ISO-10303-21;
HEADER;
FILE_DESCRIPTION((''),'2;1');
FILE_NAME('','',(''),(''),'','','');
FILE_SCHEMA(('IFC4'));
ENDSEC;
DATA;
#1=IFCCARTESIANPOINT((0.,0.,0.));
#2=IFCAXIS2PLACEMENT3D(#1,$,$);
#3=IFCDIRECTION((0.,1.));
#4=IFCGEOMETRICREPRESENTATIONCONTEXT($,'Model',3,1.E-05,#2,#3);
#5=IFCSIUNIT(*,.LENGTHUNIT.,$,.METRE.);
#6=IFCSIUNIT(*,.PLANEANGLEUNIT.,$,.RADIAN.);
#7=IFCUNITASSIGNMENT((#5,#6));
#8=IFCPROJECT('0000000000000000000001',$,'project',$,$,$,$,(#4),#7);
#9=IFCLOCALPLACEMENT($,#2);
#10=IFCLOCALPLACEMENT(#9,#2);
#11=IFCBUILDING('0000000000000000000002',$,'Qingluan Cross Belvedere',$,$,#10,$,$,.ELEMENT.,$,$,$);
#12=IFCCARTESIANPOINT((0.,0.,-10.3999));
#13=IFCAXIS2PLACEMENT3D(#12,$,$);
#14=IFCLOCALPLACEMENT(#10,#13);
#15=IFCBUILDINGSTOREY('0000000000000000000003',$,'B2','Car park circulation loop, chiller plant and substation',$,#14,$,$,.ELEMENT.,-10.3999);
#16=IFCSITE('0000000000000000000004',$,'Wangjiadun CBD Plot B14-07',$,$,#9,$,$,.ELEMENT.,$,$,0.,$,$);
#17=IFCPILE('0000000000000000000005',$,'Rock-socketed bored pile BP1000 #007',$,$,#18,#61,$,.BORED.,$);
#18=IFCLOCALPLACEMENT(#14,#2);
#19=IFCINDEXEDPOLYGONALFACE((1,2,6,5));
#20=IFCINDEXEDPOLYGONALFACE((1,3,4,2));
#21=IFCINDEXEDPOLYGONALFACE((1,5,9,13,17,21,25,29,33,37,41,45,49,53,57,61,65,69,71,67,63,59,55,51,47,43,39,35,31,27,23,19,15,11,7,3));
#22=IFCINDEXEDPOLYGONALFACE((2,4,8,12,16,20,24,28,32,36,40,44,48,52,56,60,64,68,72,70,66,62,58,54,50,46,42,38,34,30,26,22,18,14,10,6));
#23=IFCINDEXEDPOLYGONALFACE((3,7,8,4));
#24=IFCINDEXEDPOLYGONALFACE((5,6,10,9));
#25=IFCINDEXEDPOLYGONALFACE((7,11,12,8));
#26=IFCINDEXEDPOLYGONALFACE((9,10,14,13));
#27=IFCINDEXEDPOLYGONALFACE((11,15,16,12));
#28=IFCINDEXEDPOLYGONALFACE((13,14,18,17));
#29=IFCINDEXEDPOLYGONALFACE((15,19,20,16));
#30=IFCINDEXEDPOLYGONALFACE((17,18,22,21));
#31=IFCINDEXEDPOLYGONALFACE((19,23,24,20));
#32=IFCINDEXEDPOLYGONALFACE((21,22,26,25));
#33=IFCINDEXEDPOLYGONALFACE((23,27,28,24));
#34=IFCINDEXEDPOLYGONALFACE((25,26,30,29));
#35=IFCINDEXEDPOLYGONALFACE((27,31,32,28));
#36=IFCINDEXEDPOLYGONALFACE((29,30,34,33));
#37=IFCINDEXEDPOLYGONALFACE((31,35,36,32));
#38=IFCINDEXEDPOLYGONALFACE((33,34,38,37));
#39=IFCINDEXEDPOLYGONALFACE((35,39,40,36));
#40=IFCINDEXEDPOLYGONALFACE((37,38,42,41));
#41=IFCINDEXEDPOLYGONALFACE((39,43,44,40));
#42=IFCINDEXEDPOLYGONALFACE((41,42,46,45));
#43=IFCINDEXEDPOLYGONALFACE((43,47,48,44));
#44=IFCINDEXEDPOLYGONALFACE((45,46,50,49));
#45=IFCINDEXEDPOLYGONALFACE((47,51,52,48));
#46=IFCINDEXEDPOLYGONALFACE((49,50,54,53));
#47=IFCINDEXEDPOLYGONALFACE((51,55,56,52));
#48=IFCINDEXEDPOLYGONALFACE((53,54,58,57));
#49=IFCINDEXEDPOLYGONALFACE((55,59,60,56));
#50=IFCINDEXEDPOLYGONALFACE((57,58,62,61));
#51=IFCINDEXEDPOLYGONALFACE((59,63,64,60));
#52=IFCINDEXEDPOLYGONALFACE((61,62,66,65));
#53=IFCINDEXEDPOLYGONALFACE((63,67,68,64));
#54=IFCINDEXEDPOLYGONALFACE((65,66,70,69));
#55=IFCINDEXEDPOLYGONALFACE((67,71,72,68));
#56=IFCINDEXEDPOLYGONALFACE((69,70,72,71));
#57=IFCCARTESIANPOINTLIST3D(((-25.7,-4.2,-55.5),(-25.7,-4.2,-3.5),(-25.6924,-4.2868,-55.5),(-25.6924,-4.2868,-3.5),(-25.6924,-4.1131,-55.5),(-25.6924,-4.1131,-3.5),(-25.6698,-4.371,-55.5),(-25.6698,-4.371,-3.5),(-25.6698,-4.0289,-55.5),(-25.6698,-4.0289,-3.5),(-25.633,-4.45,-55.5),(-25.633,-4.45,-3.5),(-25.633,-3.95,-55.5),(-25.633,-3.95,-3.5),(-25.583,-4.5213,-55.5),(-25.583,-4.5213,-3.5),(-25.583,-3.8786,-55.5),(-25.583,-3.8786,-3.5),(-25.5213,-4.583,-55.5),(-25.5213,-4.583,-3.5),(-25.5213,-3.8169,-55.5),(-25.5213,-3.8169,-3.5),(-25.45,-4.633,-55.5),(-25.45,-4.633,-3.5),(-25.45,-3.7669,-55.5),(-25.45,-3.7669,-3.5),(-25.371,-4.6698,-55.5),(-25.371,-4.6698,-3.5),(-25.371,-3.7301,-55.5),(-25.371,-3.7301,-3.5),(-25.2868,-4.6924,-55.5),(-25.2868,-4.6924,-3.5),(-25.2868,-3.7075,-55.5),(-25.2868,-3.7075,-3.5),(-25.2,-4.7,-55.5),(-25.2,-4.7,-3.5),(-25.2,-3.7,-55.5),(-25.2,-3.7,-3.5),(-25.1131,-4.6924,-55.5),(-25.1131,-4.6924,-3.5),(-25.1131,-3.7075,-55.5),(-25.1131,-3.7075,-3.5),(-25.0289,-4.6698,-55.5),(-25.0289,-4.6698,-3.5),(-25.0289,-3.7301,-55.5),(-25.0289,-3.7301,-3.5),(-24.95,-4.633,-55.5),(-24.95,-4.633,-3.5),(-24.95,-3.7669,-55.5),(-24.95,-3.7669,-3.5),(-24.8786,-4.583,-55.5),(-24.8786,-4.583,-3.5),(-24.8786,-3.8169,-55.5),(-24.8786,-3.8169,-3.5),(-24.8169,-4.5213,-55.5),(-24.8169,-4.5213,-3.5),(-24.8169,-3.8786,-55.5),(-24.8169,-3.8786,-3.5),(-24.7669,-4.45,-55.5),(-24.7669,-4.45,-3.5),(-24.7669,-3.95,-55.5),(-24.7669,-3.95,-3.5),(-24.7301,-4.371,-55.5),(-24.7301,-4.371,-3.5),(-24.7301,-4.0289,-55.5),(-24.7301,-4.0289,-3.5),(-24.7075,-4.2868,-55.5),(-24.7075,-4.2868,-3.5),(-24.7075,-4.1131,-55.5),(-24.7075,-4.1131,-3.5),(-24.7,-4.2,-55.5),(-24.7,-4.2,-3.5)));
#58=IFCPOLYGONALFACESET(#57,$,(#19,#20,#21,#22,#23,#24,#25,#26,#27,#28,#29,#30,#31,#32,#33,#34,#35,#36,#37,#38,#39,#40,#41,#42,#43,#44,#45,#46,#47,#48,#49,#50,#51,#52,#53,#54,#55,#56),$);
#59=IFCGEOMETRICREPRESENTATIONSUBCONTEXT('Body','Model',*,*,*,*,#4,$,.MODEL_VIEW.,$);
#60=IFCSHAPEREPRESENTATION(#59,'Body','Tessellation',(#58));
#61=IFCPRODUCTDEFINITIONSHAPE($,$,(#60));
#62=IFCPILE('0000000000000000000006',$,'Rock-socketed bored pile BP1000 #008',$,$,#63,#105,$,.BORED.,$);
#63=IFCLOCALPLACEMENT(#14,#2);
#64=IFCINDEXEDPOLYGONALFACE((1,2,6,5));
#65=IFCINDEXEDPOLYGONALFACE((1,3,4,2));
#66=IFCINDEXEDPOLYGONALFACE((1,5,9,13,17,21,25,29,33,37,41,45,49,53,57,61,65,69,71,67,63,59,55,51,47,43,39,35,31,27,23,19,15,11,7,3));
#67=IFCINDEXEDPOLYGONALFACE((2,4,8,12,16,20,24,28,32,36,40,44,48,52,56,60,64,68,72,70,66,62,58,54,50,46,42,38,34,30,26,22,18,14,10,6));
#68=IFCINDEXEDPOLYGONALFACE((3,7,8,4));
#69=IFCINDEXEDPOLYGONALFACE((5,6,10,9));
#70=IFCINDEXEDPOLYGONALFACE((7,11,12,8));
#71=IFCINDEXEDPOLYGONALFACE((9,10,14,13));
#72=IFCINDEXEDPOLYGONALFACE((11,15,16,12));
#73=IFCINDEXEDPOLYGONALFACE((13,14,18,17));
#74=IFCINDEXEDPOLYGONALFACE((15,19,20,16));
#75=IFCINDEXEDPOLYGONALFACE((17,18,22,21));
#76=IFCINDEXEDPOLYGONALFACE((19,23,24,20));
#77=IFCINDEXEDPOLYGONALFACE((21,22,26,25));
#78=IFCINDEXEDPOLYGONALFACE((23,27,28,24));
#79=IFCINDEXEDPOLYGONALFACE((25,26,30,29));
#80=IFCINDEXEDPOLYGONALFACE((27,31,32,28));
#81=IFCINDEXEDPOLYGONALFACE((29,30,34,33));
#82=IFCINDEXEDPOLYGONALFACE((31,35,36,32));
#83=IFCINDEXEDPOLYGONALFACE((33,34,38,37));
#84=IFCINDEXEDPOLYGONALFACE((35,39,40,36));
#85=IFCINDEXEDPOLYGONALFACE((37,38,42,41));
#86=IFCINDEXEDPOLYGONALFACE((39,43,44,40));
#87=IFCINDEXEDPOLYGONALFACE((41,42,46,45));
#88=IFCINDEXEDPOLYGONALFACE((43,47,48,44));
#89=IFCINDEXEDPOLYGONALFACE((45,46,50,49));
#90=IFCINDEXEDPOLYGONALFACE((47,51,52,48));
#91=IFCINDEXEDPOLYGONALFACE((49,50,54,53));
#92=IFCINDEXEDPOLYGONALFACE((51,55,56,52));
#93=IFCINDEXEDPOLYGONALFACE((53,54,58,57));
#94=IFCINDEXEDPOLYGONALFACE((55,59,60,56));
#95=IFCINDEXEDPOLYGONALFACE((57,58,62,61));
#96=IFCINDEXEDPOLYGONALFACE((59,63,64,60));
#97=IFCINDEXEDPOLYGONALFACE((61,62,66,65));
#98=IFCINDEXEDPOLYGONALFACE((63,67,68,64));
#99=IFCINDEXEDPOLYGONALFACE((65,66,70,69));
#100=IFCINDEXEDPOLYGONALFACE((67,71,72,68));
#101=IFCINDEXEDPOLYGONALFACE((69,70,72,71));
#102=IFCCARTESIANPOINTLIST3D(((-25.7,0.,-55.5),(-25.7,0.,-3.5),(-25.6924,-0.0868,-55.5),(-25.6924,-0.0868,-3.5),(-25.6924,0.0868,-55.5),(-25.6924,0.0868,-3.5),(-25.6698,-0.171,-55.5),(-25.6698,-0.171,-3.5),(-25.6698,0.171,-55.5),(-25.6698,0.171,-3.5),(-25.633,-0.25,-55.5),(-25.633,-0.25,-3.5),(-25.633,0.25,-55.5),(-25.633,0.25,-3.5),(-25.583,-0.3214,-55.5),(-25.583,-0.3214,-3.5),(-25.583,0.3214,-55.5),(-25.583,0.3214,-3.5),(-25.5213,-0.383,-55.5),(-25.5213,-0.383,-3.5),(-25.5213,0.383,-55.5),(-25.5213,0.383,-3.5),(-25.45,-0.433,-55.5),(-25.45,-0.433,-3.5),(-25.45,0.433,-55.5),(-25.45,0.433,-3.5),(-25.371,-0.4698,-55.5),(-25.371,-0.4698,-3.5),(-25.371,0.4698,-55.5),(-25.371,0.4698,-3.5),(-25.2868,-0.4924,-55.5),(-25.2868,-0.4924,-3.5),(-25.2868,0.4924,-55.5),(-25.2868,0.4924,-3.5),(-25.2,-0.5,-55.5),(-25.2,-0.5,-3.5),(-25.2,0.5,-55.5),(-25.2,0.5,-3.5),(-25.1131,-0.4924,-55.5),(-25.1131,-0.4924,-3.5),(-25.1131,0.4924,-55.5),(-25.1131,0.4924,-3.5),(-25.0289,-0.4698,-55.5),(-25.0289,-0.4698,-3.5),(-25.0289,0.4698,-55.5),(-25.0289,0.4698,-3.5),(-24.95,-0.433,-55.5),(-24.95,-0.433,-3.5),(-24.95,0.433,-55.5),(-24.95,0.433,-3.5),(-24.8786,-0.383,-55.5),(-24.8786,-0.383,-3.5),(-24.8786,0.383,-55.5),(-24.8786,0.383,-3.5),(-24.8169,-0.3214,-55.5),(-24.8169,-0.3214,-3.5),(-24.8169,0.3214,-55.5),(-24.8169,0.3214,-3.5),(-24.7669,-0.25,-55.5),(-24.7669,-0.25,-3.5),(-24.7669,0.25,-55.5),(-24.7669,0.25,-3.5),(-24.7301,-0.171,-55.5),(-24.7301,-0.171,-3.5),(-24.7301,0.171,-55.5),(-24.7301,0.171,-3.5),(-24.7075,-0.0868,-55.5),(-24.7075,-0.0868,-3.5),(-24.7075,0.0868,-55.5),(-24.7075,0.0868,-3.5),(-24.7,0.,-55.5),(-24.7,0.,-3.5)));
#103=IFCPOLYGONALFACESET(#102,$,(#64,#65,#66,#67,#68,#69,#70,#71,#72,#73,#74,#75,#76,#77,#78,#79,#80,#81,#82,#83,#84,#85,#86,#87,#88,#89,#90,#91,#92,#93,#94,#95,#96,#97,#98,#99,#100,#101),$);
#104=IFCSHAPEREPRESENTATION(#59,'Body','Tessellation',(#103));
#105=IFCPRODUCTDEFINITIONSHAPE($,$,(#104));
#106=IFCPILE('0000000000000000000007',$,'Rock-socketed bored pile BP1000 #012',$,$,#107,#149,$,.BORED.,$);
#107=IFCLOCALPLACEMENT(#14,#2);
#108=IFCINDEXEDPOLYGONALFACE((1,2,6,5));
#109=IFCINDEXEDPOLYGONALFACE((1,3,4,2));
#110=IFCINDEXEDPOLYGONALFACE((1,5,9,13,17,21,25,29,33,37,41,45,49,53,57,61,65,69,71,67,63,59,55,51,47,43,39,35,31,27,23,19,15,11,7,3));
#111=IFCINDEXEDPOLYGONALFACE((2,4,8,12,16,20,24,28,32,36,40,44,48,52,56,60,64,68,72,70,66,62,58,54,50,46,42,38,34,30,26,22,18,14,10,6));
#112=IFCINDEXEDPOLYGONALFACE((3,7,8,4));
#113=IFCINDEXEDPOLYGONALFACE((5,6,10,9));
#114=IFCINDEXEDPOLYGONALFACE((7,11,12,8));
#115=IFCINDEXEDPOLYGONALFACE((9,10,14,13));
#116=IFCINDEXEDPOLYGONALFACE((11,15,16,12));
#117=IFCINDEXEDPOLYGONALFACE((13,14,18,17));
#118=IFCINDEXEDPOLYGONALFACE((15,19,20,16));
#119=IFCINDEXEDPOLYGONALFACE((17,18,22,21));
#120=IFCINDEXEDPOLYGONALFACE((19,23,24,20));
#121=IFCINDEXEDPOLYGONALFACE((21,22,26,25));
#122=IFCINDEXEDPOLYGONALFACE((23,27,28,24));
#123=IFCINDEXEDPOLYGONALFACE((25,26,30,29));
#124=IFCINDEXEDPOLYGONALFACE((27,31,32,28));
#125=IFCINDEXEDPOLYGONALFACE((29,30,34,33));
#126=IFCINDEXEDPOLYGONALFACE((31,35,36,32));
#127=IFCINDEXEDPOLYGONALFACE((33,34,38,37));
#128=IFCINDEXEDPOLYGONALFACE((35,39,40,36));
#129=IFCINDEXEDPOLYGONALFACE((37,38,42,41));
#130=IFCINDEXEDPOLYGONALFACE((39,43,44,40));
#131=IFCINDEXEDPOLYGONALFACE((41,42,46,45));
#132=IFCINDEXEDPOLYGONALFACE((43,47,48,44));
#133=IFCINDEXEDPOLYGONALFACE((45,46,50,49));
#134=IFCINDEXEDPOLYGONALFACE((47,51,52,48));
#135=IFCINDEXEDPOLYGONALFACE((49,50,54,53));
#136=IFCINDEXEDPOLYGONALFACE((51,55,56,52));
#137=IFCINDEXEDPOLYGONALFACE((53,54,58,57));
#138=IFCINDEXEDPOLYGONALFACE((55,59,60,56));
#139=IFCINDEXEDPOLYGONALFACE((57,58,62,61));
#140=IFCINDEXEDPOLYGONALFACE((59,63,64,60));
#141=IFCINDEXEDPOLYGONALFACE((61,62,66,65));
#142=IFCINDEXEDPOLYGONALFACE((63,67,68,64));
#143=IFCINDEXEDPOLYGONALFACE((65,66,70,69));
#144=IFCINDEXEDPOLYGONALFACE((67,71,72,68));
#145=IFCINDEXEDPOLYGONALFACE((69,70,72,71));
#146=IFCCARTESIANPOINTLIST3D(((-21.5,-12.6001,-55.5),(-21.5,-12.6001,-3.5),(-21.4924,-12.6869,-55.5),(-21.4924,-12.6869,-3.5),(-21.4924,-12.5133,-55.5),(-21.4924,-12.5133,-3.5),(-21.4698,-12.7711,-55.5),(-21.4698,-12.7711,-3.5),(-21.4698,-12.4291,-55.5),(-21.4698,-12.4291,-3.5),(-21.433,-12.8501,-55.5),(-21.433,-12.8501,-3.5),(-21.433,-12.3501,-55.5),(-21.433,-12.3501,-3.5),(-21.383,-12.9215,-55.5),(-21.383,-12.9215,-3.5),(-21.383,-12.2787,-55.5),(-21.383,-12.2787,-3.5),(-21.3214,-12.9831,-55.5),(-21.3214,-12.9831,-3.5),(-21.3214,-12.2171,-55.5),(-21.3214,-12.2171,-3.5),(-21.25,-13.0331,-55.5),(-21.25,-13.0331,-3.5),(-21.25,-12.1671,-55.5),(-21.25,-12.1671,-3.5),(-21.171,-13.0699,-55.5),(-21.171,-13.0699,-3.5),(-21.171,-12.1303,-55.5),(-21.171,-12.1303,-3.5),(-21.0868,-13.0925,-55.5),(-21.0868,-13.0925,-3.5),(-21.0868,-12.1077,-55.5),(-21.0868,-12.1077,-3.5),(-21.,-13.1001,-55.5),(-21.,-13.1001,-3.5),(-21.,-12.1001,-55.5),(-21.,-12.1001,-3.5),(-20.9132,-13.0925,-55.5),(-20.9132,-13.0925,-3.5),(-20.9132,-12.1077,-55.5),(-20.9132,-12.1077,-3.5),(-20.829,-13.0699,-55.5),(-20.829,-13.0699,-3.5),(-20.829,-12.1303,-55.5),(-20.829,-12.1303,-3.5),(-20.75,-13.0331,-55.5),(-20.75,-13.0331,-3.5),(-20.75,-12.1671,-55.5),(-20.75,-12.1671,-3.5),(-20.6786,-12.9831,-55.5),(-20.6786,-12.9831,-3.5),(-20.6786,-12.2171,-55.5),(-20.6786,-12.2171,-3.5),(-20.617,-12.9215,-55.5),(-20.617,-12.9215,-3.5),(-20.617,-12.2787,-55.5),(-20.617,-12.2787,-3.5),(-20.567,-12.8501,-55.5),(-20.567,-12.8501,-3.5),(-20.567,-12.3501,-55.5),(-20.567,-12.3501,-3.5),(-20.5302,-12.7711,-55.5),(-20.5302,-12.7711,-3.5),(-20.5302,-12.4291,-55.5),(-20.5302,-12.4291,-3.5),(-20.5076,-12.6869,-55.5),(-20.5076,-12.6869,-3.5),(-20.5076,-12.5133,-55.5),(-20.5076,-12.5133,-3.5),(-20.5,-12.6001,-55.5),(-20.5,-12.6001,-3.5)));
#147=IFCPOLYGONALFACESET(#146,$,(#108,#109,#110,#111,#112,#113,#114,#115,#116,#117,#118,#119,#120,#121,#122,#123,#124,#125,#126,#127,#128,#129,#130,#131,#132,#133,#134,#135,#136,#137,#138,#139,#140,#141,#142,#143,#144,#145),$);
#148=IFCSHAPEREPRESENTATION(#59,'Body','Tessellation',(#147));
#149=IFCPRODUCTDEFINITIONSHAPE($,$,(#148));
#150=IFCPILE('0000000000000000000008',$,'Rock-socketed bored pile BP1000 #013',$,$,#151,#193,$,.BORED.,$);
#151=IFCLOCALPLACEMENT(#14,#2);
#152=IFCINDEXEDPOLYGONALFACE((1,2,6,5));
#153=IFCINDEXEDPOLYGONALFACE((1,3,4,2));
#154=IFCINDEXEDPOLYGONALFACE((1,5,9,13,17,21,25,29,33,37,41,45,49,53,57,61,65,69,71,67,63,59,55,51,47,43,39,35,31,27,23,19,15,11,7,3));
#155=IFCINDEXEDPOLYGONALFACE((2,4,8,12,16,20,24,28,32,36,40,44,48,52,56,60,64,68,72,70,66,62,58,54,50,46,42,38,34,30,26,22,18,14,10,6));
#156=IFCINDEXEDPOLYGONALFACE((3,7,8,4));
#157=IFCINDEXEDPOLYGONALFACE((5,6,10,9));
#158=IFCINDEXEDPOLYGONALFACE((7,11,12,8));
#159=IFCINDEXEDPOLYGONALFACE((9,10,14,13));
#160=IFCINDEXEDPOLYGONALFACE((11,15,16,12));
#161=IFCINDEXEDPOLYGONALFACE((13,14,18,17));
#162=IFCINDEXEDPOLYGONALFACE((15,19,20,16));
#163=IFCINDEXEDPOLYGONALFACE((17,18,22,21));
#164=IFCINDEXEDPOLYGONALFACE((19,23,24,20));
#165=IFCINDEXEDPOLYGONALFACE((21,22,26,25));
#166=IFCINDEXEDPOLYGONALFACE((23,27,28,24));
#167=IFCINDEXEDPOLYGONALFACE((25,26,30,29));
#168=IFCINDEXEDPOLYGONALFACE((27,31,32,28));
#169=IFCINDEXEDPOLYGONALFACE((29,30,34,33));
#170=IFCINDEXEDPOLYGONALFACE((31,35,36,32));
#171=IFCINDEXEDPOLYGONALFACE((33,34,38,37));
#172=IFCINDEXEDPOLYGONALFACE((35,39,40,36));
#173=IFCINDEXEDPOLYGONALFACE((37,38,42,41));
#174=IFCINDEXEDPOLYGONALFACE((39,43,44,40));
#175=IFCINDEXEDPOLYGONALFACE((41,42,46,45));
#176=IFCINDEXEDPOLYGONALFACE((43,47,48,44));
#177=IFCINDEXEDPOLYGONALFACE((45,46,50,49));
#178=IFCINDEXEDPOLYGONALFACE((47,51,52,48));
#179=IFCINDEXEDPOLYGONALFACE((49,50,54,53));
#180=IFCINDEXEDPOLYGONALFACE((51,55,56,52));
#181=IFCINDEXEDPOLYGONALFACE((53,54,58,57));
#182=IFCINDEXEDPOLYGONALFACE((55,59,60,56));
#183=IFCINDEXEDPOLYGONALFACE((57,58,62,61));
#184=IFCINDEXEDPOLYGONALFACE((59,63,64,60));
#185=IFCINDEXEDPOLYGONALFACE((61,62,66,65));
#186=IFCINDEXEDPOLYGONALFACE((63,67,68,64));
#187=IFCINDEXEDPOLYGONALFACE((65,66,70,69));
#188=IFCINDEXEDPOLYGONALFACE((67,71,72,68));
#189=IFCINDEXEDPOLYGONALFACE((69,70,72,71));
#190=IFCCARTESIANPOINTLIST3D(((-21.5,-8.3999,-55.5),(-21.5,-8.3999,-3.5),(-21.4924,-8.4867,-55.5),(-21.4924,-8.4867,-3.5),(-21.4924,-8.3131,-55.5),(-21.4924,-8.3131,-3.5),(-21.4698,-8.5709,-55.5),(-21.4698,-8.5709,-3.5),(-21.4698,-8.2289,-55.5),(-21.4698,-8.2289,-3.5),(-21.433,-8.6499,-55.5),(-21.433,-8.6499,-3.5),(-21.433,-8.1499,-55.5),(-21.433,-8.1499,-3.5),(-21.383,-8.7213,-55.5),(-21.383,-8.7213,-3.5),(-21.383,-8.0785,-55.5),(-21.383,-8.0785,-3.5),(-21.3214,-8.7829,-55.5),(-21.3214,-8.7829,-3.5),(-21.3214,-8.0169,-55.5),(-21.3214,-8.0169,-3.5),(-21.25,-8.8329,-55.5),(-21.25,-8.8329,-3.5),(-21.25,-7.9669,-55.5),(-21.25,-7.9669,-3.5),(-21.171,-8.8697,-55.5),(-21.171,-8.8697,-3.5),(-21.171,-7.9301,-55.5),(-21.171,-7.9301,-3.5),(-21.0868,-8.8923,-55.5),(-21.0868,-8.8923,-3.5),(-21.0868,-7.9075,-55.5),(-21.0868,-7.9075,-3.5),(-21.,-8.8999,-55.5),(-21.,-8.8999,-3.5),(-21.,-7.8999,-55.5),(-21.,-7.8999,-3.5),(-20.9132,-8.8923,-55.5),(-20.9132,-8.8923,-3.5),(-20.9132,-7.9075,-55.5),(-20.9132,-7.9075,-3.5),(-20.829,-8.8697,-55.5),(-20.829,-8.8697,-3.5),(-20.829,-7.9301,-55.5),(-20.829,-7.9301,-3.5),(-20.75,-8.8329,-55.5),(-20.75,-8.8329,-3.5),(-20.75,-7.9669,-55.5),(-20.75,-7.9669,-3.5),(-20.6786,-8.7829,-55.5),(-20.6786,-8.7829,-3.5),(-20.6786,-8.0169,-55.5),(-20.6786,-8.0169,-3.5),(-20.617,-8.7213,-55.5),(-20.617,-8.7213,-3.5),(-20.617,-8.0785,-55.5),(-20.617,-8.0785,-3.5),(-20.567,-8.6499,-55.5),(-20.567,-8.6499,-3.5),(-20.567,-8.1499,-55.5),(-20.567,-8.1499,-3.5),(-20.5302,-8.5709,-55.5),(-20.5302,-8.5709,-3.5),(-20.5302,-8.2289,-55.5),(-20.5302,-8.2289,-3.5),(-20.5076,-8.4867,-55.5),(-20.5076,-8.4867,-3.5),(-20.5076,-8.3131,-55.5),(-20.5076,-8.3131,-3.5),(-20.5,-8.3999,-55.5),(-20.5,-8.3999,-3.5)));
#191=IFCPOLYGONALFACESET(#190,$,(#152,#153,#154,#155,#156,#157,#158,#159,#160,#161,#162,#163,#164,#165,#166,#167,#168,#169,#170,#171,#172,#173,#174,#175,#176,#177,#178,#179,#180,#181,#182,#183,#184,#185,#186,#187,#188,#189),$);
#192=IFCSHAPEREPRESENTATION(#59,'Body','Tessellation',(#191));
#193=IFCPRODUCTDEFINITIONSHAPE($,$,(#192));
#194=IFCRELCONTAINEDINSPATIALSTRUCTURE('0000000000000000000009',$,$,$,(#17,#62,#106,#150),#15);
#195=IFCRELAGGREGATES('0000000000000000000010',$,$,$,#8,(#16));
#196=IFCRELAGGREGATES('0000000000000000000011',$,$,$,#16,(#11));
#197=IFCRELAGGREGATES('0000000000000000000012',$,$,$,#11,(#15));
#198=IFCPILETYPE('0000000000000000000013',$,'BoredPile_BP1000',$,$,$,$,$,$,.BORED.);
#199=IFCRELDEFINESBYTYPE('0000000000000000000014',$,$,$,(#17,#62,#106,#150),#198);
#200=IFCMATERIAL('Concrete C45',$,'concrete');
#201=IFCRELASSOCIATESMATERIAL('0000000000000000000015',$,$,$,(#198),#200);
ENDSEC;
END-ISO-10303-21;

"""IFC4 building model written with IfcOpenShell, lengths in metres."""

from ifc_helpers import new_model, si_unit, direction, frame, origin, origin_2d, place, context, subcontext, project, spatial, circle, extrude, material, material_profile, profile_set, type_object, element, save


model = new_model("IFC4")

# Units and contexts
model_context = context("Model", 3, precision=1e-05, world=origin(), true_north=direction((0.0, 1.0)))
body_context = subcontext(model_context, "Body", "Model", "MODEL_VIEW")
ifc_project = project(units=[si_unit("LENGTHUNIT", "METRE"), si_unit("PLANEANGLEUNIT", "RADIAN")], contexts=[model_context])

# Site, building, storey
site_placement = place(None, origin())
site = spatial("IfcSite", under=ifc_project, at=site_placement, Name="Wangjiadun CBD Plot B14-07", CompositionType="ELEMENT", RefElevation=0.0)
building_placement = place(site_placement, origin())
building = spatial("IfcBuilding", under=site, at=building_placement, Name="Qingluan Cross Belvedere", CompositionType="ELEMENT")
storey_placement = place(building_placement, frame((0.0, 0.0, -10.3999)))
storey = spatial("IfcBuildingStorey", under=building, at=storey_placement, Name="B2", Description="Car park circulation loop, chiller plant and substation", CompositionType="ELEMENT", Elevation=-10.3999)

# Piles
ifc_material_1 = material(Name="Concrete C45", Category="concrete")
ifc_material_profile_1 = material_profile(ifc_material_1, circle(Radius=0.5, at=origin_2d()), Name="BP1000")
ifc_profile_set_1 = profile_set([ifc_material_profile_1], Name="Concrete C45")
pile_type_1 = type_object("IfcPileType", Name="BoredPile_BP1000", PredefinedType="BORED", material=ifc_profile_set_1)
for number, where, z_axis, x_axis, name in (
    (1, (-25.2, -4.2, -3.5), (0.0, 0.0, -1.0), (1.0, 0.0, 0.0), "Rock-socketed bored pile BP1000 #007"),
    (2, (-25.2, 0.0, -3.5), (0.0, 0.0, -1.0), (1.0, 0.0, 0.0), "Rock-socketed bored pile BP1000 #008"),
    (3, (-21.0, -12.6001, -3.5), (0.0, 0.0, -1.0), (1.0, 0.0, 0.0), "Rock-socketed bored pile BP1000 #012"),
    (4, (-21.0, -8.3999, -3.5), (0.0, 0.0, -1.0), (1.0, 0.0, 0.0), "Rock-socketed bored pile BP1000 #013"),
):
    element("IfcPile", number, at=place(storey_placement, frame(where, z_axis=z_axis, x_axis=x_axis)), inside=storey, type_object=pile_type_1, Name=name, PredefinedType="BORED", context=body_context, shape_type="SweptSolid", body=[
        extrude(circle(Radius=0.5, at=origin_2d()), origin(), (0.0, 0.0, 1.0), 52.0),
    ])

save(model, "model.ifc")
